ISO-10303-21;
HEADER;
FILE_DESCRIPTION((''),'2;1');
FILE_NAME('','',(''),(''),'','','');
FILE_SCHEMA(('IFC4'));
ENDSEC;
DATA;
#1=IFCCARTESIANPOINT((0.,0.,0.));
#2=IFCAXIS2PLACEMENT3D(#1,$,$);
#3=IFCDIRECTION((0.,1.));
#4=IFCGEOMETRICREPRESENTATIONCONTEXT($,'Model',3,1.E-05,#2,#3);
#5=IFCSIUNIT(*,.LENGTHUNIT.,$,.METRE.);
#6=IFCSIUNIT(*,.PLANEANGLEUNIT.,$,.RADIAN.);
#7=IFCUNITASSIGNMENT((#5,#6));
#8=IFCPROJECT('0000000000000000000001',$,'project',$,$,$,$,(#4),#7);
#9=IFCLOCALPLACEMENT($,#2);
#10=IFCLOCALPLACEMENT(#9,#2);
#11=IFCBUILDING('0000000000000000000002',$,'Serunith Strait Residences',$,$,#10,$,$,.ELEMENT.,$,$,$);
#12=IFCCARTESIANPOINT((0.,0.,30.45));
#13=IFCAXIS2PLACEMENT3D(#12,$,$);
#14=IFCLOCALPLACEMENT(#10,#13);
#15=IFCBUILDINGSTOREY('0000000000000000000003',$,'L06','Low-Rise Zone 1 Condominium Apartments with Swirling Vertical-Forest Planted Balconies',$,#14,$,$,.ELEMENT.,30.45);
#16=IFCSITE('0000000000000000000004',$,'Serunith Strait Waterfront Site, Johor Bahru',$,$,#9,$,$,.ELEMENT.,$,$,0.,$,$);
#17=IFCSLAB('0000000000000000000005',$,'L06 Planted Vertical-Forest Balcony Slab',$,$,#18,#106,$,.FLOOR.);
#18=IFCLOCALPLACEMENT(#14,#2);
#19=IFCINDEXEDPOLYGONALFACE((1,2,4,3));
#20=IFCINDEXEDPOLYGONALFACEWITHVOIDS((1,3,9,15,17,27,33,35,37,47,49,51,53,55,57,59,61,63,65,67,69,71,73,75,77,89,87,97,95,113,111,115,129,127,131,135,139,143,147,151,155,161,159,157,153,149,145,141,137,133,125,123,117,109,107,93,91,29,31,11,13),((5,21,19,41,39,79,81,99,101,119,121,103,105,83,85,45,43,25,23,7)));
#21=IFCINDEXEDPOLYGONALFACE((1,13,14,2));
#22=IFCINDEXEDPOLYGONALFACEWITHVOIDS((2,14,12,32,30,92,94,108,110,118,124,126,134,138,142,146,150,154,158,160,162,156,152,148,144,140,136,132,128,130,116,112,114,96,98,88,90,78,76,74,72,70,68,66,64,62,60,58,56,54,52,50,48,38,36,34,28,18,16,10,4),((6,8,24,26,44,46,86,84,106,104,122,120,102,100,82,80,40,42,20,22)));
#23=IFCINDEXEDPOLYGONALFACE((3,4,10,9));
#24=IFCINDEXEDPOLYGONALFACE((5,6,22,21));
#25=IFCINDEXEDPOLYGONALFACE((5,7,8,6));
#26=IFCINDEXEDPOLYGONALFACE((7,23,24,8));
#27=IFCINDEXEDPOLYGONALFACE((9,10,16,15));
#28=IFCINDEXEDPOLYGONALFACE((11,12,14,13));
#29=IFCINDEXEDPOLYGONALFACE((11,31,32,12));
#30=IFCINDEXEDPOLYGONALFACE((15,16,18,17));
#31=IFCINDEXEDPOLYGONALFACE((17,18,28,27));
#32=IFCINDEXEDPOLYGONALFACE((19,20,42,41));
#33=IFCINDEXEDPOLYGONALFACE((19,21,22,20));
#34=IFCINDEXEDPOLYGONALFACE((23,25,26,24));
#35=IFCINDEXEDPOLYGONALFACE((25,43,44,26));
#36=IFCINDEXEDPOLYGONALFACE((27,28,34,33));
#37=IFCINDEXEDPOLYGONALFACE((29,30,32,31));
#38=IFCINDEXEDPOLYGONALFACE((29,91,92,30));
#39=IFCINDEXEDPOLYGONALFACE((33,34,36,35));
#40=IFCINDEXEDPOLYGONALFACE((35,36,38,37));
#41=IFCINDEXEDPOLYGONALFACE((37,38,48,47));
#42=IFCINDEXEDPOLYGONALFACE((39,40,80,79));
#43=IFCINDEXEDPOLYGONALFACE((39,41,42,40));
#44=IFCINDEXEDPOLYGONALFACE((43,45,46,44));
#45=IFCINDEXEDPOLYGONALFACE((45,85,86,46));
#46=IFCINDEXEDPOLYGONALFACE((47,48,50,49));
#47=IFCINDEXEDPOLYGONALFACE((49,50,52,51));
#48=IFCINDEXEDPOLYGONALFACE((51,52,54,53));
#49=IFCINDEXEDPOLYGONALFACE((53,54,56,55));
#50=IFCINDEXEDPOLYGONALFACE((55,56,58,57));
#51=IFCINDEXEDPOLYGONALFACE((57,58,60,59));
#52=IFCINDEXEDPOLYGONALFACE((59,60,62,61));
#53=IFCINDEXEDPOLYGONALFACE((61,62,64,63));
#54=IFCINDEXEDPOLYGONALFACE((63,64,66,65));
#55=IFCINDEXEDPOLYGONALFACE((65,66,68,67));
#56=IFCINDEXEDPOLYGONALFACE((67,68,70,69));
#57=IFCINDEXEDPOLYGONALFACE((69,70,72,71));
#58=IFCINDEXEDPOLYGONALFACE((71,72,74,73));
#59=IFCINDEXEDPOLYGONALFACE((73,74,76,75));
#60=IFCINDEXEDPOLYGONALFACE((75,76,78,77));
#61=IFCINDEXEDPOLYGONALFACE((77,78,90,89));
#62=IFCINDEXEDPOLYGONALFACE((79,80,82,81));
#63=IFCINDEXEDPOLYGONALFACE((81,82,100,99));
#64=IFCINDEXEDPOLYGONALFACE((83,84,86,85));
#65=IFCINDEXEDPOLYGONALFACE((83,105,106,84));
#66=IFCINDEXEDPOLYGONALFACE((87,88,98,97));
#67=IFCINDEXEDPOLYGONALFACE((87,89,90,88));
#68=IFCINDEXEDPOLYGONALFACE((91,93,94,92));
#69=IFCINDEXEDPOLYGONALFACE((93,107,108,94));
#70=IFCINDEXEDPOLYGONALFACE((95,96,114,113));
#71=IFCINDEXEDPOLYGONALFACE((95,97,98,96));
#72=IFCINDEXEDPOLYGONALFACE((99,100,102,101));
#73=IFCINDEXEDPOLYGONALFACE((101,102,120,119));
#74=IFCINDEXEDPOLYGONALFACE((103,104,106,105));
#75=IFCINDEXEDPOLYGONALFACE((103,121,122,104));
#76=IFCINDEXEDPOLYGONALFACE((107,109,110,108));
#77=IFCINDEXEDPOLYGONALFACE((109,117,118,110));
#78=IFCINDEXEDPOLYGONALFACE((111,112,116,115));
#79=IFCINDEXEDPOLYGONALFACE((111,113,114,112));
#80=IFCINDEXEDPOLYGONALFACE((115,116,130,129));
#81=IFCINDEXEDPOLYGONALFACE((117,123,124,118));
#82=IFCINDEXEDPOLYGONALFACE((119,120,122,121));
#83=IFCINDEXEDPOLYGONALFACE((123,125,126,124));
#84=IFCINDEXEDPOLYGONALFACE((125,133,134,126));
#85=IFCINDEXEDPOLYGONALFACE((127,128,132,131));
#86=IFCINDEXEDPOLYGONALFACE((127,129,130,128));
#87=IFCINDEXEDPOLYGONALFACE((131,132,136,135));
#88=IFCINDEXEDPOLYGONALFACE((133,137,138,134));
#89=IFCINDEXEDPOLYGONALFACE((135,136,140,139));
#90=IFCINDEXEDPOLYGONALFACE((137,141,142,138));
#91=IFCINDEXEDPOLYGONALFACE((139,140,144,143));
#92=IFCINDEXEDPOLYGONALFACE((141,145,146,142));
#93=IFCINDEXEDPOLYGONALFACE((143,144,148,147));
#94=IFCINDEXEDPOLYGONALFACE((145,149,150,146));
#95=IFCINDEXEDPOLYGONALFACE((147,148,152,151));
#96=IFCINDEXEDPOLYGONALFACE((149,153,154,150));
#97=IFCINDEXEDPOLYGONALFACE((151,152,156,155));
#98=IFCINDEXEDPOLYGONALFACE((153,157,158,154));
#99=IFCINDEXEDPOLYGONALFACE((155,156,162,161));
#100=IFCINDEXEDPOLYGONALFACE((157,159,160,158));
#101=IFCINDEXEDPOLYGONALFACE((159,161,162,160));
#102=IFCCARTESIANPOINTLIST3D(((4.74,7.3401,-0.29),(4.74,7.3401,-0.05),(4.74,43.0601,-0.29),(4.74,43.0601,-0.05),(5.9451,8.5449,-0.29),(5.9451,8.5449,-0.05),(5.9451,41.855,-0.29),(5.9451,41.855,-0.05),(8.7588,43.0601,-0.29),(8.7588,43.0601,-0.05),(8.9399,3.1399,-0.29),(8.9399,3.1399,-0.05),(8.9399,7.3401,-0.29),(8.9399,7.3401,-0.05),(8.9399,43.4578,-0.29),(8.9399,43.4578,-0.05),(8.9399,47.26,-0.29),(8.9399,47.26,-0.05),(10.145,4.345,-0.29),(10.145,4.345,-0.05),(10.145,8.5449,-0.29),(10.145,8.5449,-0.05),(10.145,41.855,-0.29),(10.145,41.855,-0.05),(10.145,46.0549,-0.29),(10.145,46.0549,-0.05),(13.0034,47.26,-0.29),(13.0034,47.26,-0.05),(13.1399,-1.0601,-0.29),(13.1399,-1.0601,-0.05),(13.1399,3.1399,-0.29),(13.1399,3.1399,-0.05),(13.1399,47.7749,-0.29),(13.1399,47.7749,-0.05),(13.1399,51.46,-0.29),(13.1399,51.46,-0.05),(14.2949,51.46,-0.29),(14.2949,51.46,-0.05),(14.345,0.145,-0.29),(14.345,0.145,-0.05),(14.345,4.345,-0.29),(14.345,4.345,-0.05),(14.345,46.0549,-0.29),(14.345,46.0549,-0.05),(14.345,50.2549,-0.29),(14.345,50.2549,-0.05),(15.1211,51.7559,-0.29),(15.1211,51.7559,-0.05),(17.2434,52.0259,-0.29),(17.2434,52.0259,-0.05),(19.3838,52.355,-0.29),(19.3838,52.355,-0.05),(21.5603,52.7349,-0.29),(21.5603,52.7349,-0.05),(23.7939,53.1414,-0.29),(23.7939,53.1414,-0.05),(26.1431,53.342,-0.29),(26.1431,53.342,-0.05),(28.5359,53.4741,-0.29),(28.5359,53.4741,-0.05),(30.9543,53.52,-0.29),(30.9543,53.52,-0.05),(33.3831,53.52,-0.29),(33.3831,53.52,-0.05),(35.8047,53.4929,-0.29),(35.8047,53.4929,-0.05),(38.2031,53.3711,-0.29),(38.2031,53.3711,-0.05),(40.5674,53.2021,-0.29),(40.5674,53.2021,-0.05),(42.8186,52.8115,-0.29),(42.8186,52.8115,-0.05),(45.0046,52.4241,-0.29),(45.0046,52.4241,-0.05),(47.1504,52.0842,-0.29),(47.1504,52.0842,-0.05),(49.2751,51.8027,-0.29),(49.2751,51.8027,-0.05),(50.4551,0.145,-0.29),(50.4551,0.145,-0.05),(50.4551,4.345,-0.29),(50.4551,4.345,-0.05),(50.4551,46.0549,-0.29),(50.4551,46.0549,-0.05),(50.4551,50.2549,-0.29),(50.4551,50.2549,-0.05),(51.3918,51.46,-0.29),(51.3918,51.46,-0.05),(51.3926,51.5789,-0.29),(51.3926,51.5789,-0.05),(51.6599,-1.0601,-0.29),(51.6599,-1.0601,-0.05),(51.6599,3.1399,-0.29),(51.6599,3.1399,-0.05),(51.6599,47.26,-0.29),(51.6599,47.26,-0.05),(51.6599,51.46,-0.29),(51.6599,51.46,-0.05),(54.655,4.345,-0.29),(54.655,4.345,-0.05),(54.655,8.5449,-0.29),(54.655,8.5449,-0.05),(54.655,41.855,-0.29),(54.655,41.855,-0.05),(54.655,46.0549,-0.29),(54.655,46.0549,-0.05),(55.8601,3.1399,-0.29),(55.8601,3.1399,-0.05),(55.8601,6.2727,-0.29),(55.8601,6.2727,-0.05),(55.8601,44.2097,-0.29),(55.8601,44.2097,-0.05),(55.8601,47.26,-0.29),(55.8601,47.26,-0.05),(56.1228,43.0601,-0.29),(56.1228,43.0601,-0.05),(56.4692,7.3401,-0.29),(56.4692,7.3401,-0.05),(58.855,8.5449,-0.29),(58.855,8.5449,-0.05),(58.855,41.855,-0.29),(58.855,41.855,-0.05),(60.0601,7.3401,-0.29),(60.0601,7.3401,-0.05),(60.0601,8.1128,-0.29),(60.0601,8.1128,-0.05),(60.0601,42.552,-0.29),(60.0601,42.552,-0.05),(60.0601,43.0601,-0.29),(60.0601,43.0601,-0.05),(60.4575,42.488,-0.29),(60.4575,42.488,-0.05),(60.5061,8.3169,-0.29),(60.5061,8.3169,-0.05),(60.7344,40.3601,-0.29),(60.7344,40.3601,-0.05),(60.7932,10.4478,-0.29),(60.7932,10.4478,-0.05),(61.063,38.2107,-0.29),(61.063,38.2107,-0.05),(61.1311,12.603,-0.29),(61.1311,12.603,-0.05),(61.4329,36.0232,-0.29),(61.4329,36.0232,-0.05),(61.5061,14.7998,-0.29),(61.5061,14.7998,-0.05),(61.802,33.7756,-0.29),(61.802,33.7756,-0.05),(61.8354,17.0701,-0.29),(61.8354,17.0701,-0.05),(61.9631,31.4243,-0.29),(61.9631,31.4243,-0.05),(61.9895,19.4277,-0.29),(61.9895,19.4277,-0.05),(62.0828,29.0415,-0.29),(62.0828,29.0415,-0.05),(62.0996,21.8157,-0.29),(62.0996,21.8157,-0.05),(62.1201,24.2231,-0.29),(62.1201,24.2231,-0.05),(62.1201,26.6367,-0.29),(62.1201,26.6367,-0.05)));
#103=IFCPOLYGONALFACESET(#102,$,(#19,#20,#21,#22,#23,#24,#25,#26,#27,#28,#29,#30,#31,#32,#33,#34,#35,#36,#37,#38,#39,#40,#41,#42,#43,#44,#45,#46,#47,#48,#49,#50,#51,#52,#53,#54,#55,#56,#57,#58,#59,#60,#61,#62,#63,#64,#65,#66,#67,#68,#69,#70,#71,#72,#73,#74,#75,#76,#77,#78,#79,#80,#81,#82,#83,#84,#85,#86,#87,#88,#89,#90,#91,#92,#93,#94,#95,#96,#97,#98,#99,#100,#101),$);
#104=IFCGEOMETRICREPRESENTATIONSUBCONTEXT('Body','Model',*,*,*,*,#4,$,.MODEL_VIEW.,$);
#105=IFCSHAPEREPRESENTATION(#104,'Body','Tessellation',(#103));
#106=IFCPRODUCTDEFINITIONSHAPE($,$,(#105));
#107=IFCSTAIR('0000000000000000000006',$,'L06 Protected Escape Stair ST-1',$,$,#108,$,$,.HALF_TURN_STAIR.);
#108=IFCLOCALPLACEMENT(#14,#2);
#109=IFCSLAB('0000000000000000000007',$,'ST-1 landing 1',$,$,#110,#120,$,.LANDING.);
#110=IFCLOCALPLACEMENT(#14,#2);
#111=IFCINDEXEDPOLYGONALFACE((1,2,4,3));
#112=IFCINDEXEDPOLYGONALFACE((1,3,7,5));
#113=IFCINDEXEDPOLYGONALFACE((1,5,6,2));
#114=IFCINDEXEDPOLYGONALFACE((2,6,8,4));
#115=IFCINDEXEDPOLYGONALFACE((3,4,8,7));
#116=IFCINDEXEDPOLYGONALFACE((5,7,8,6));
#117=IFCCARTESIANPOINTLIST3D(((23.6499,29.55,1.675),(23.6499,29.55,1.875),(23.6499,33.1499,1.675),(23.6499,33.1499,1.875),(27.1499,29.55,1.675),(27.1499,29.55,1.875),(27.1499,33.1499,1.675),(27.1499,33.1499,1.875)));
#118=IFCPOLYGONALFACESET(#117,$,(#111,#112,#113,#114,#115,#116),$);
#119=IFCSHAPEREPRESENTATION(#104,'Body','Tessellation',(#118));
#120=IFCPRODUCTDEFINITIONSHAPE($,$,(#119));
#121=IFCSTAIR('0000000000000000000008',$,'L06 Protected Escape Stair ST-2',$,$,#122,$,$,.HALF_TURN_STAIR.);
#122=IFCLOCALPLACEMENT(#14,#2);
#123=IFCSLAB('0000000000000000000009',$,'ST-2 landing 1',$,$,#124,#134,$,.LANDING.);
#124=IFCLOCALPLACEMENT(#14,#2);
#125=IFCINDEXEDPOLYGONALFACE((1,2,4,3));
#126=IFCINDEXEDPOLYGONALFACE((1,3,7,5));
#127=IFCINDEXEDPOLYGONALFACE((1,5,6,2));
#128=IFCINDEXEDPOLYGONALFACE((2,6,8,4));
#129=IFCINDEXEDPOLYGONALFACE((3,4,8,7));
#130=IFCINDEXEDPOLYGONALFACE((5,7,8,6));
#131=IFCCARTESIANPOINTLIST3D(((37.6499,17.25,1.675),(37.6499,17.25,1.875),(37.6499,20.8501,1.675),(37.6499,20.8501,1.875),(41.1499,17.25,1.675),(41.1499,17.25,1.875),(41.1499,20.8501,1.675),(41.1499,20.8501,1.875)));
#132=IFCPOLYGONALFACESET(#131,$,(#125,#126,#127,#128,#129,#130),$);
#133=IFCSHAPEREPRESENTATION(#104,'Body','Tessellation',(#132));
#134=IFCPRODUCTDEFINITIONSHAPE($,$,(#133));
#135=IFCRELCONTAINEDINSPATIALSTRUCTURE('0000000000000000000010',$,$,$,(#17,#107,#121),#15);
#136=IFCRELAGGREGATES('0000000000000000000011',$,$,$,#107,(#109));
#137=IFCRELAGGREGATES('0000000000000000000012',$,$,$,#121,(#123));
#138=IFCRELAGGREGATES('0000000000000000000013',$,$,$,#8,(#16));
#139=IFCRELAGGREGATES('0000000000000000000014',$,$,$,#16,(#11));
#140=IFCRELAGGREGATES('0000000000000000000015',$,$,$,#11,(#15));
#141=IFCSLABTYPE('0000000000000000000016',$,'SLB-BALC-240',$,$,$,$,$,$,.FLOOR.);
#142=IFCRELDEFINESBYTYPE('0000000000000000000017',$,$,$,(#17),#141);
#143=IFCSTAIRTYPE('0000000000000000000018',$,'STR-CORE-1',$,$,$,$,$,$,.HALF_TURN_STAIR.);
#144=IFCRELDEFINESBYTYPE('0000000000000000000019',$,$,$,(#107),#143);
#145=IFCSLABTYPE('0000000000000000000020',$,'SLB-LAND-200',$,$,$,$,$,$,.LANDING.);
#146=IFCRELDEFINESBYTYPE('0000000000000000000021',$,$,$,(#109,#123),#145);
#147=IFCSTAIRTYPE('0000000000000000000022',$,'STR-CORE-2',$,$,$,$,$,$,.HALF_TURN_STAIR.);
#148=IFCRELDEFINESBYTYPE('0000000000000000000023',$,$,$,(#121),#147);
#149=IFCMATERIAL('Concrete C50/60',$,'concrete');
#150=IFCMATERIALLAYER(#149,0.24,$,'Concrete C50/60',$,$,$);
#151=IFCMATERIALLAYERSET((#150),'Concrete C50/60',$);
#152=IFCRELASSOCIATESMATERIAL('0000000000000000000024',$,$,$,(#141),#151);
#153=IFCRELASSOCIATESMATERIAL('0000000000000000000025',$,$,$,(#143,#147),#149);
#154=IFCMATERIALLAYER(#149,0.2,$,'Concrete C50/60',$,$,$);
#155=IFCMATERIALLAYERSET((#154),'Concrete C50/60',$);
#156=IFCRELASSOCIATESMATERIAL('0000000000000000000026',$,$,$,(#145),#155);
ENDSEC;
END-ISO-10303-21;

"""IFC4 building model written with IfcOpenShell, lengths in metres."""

from ifc_helpers import new_model, si_unit, direction, frame, origin, place, context, subcontext, project, spatial, polyline, outline, extrude, material, layer, layer_set, type_object, element, aggregate, save


model = new_model("IFC4")

# Units and contexts
model_context = context("Model", 3, precision=1e-05, world=origin(), true_north=direction((0.0, 1.0)))
body_context = subcontext(model_context, "Body", "Model", "MODEL_VIEW")
ifc_project = project(units=[si_unit("LENGTHUNIT", "METRE"), si_unit("PLANEANGLEUNIT", "RADIAN")], contexts=[model_context])

# Site, building, storey
site_placement = place(None, origin())
site = spatial("IfcSite", under=ifc_project, at=site_placement, Name="Serunith Strait Waterfront Site, Johor Bahru", CompositionType="ELEMENT", RefElevation=0.0)
building_placement = place(site_placement, origin())
building = spatial("IfcBuilding", under=site, at=building_placement, Name="Serunith Strait Residences", CompositionType="ELEMENT")
storey_placement = place(building_placement, frame((0.0, 0.0, 30.45)))
storey = spatial("IfcBuildingStorey", under=building, at=storey_placement, Name="L06", Description="Low-Rise Zone 1 Condominium Apartments with Swirling Vertical-Forest Planted Balconies", CompositionType="ELEMENT", Elevation=30.45)

# Slab
ifc_material_1 = material(Name="Concrete C50/60", Category="concrete")
ifc_layer_1 = layer(ifc_material_1, 0.24, Name="Concrete C50/60")
ifc_layer_set_1 = layer_set([ifc_layer_1], Name="Concrete C50/60")
slab_type_1 = type_object("IfcSlabType", Name="SLB-BALC-240", PredefinedType="FLOOR", material=ifc_layer_set_1)
slab_1_placement = place(storey_placement, frame((0.0, 0.0, -0.29)))
element("IfcSlab", 1, at=slab_1_placement, inside=storey, type_object=slab_type_1, Name="L06 Planted Vertical-Forest Balcony Slab", PredefinedType="FLOOR", context=body_context, shape_type="SweptSolid", body=[
    extrude(outline(polyline([(13.0034, 47.26), (13.1399, 47.7749), (13.1399, 51.46), (14.2949, 51.46), (15.1211, 51.7559), (17.2434, 52.0259), (19.3838, 52.355), (21.5603, 52.7349), (23.7939, 53.1414), (26.1431, 53.342), (28.5359, 53.4741), (30.9543, 53.52), (33.3831, 53.52), (35.8047, 53.4929), (38.2031, 53.3711), (40.5674, 53.2021), (42.8186, 52.8115), (45.0046, 52.4241), (47.1504, 52.0842), (49.2751, 51.8027), (51.3926, 51.5789), (51.3918, 51.46), (51.6599, 51.46), (51.6599, 47.26), (55.8601, 47.26), (55.8601, 44.2097), (56.1228, 43.0601), (60.0601, 43.0601), (60.0601, 42.552), (60.4575, 42.488), (60.7344, 40.3601), (61.063, 38.2107), (61.4329, 36.0232), (61.802, 33.7756), (61.9631, 31.4243), (62.0828, 29.0415), (62.1201, 26.6367), (62.1201, 24.2231), (62.0996, 21.8157), (61.9895, 19.4277), (61.8354, 17.0701), (61.5061, 14.7998), (61.1311, 12.603), (60.7932, 10.4478), (60.5061, 8.3169), (60.0601, 8.1128), (60.0601, 7.3401), (56.4692, 7.3401), (55.8601, 6.2727), (55.8601, 3.1399), (51.6599, 3.1399), (51.6599, -1.0601), (13.1399, -1.0601), (13.1399, 3.1399), (8.9399, 3.1399), (8.9399, 7.3401), (4.74, 7.3401), (4.74, 43.0601), (8.7588, 43.0601), (8.9399, 43.4578), (8.9399, 47.26), (13.0034, 47.26)]), holes=[polyline([(50.4551, 0.145), (50.4551, 4.345), (54.655, 4.345), (54.655, 8.5449), (58.855, 8.5449), (58.855, 41.855), (54.655, 41.855), (54.655, 46.0549), (50.4551, 46.0549), (50.4551, 50.2549), (14.345, 50.2549), (14.345, 46.0549), (10.145, 46.0549), (10.145, 41.855), (5.9451, 41.855), (5.9451, 8.5449), (10.145, 8.5449), (10.145, 4.345), (14.345, 4.345), (14.345, 0.145), (50.4551, 0.145)])]), origin(), (0.0, 0.0, 1.0), 0.24),
])

# Stairs, slabs
stair_type_1 = type_object("IfcStairType", Name="STR-CORE-1", PredefinedType="HALF_TURN_STAIR", material=ifc_material_1)
stair_1_placement = place(storey_placement, origin())
stair_1 = element("IfcStair", 2, at=stair_1_placement, inside=storey, type_object=stair_type_1, Name="L06 Protected Escape Stair ST-1", PredefinedType="HALF_TURN_STAIR")
ifc_layer_2 = layer(ifc_material_1, 0.2, Name="Concrete C50/60")
ifc_layer_set_2 = layer_set([ifc_layer_2], Name="Concrete C50/60")
slab_type_2 = type_object("IfcSlabType", Name="SLB-LAND-200", PredefinedType="LANDING", material=ifc_layer_set_2)
slab_2_placement = place(storey_placement, frame((0.0, 0.0, 1.675)))
slab_2 = element("IfcSlab", 3, at=slab_2_placement, type_object=slab_type_2, Name="ST-1 landing 1", PredefinedType="LANDING", context=body_context, shape_type="SweptSolid", body=[
    extrude(outline(polyline([(27.1499, 29.55), (27.1499, 33.1499), (23.6499, 33.1499), (23.6499, 29.55), (27.1499, 29.55)])), origin(), (0.0, 0.0, 1.0), 0.2),
])
aggregate(stair_1, [slab_2])
stair_type_2 = type_object("IfcStairType", Name="STR-CORE-2", PredefinedType="HALF_TURN_STAIR", material=ifc_material_1)
stair_2_placement = place(storey_placement, origin())
stair_2 = element("IfcStair", 4, at=stair_2_placement, inside=storey, type_object=stair_type_2, Name="L06 Protected Escape Stair ST-2", PredefinedType="HALF_TURN_STAIR")
slab_3_placement = place(storey_placement, frame((0.0, 0.0, 1.675)))
slab_3 = element("IfcSlab", 5, at=slab_3_placement, type_object=slab_type_2, Name="ST-2 landing 1", PredefinedType="LANDING", context=body_context, shape_type="SweptSolid", body=[
    extrude(outline(polyline([(37.6499, 20.8501), (37.6499, 17.25), (41.1499, 17.25), (41.1499, 20.8501), (37.6499, 20.8501)])), origin(), (0.0, 0.0, 1.0), 0.2),
])
aggregate(stair_2, [slab_3])

save(model, "model.ifc")
